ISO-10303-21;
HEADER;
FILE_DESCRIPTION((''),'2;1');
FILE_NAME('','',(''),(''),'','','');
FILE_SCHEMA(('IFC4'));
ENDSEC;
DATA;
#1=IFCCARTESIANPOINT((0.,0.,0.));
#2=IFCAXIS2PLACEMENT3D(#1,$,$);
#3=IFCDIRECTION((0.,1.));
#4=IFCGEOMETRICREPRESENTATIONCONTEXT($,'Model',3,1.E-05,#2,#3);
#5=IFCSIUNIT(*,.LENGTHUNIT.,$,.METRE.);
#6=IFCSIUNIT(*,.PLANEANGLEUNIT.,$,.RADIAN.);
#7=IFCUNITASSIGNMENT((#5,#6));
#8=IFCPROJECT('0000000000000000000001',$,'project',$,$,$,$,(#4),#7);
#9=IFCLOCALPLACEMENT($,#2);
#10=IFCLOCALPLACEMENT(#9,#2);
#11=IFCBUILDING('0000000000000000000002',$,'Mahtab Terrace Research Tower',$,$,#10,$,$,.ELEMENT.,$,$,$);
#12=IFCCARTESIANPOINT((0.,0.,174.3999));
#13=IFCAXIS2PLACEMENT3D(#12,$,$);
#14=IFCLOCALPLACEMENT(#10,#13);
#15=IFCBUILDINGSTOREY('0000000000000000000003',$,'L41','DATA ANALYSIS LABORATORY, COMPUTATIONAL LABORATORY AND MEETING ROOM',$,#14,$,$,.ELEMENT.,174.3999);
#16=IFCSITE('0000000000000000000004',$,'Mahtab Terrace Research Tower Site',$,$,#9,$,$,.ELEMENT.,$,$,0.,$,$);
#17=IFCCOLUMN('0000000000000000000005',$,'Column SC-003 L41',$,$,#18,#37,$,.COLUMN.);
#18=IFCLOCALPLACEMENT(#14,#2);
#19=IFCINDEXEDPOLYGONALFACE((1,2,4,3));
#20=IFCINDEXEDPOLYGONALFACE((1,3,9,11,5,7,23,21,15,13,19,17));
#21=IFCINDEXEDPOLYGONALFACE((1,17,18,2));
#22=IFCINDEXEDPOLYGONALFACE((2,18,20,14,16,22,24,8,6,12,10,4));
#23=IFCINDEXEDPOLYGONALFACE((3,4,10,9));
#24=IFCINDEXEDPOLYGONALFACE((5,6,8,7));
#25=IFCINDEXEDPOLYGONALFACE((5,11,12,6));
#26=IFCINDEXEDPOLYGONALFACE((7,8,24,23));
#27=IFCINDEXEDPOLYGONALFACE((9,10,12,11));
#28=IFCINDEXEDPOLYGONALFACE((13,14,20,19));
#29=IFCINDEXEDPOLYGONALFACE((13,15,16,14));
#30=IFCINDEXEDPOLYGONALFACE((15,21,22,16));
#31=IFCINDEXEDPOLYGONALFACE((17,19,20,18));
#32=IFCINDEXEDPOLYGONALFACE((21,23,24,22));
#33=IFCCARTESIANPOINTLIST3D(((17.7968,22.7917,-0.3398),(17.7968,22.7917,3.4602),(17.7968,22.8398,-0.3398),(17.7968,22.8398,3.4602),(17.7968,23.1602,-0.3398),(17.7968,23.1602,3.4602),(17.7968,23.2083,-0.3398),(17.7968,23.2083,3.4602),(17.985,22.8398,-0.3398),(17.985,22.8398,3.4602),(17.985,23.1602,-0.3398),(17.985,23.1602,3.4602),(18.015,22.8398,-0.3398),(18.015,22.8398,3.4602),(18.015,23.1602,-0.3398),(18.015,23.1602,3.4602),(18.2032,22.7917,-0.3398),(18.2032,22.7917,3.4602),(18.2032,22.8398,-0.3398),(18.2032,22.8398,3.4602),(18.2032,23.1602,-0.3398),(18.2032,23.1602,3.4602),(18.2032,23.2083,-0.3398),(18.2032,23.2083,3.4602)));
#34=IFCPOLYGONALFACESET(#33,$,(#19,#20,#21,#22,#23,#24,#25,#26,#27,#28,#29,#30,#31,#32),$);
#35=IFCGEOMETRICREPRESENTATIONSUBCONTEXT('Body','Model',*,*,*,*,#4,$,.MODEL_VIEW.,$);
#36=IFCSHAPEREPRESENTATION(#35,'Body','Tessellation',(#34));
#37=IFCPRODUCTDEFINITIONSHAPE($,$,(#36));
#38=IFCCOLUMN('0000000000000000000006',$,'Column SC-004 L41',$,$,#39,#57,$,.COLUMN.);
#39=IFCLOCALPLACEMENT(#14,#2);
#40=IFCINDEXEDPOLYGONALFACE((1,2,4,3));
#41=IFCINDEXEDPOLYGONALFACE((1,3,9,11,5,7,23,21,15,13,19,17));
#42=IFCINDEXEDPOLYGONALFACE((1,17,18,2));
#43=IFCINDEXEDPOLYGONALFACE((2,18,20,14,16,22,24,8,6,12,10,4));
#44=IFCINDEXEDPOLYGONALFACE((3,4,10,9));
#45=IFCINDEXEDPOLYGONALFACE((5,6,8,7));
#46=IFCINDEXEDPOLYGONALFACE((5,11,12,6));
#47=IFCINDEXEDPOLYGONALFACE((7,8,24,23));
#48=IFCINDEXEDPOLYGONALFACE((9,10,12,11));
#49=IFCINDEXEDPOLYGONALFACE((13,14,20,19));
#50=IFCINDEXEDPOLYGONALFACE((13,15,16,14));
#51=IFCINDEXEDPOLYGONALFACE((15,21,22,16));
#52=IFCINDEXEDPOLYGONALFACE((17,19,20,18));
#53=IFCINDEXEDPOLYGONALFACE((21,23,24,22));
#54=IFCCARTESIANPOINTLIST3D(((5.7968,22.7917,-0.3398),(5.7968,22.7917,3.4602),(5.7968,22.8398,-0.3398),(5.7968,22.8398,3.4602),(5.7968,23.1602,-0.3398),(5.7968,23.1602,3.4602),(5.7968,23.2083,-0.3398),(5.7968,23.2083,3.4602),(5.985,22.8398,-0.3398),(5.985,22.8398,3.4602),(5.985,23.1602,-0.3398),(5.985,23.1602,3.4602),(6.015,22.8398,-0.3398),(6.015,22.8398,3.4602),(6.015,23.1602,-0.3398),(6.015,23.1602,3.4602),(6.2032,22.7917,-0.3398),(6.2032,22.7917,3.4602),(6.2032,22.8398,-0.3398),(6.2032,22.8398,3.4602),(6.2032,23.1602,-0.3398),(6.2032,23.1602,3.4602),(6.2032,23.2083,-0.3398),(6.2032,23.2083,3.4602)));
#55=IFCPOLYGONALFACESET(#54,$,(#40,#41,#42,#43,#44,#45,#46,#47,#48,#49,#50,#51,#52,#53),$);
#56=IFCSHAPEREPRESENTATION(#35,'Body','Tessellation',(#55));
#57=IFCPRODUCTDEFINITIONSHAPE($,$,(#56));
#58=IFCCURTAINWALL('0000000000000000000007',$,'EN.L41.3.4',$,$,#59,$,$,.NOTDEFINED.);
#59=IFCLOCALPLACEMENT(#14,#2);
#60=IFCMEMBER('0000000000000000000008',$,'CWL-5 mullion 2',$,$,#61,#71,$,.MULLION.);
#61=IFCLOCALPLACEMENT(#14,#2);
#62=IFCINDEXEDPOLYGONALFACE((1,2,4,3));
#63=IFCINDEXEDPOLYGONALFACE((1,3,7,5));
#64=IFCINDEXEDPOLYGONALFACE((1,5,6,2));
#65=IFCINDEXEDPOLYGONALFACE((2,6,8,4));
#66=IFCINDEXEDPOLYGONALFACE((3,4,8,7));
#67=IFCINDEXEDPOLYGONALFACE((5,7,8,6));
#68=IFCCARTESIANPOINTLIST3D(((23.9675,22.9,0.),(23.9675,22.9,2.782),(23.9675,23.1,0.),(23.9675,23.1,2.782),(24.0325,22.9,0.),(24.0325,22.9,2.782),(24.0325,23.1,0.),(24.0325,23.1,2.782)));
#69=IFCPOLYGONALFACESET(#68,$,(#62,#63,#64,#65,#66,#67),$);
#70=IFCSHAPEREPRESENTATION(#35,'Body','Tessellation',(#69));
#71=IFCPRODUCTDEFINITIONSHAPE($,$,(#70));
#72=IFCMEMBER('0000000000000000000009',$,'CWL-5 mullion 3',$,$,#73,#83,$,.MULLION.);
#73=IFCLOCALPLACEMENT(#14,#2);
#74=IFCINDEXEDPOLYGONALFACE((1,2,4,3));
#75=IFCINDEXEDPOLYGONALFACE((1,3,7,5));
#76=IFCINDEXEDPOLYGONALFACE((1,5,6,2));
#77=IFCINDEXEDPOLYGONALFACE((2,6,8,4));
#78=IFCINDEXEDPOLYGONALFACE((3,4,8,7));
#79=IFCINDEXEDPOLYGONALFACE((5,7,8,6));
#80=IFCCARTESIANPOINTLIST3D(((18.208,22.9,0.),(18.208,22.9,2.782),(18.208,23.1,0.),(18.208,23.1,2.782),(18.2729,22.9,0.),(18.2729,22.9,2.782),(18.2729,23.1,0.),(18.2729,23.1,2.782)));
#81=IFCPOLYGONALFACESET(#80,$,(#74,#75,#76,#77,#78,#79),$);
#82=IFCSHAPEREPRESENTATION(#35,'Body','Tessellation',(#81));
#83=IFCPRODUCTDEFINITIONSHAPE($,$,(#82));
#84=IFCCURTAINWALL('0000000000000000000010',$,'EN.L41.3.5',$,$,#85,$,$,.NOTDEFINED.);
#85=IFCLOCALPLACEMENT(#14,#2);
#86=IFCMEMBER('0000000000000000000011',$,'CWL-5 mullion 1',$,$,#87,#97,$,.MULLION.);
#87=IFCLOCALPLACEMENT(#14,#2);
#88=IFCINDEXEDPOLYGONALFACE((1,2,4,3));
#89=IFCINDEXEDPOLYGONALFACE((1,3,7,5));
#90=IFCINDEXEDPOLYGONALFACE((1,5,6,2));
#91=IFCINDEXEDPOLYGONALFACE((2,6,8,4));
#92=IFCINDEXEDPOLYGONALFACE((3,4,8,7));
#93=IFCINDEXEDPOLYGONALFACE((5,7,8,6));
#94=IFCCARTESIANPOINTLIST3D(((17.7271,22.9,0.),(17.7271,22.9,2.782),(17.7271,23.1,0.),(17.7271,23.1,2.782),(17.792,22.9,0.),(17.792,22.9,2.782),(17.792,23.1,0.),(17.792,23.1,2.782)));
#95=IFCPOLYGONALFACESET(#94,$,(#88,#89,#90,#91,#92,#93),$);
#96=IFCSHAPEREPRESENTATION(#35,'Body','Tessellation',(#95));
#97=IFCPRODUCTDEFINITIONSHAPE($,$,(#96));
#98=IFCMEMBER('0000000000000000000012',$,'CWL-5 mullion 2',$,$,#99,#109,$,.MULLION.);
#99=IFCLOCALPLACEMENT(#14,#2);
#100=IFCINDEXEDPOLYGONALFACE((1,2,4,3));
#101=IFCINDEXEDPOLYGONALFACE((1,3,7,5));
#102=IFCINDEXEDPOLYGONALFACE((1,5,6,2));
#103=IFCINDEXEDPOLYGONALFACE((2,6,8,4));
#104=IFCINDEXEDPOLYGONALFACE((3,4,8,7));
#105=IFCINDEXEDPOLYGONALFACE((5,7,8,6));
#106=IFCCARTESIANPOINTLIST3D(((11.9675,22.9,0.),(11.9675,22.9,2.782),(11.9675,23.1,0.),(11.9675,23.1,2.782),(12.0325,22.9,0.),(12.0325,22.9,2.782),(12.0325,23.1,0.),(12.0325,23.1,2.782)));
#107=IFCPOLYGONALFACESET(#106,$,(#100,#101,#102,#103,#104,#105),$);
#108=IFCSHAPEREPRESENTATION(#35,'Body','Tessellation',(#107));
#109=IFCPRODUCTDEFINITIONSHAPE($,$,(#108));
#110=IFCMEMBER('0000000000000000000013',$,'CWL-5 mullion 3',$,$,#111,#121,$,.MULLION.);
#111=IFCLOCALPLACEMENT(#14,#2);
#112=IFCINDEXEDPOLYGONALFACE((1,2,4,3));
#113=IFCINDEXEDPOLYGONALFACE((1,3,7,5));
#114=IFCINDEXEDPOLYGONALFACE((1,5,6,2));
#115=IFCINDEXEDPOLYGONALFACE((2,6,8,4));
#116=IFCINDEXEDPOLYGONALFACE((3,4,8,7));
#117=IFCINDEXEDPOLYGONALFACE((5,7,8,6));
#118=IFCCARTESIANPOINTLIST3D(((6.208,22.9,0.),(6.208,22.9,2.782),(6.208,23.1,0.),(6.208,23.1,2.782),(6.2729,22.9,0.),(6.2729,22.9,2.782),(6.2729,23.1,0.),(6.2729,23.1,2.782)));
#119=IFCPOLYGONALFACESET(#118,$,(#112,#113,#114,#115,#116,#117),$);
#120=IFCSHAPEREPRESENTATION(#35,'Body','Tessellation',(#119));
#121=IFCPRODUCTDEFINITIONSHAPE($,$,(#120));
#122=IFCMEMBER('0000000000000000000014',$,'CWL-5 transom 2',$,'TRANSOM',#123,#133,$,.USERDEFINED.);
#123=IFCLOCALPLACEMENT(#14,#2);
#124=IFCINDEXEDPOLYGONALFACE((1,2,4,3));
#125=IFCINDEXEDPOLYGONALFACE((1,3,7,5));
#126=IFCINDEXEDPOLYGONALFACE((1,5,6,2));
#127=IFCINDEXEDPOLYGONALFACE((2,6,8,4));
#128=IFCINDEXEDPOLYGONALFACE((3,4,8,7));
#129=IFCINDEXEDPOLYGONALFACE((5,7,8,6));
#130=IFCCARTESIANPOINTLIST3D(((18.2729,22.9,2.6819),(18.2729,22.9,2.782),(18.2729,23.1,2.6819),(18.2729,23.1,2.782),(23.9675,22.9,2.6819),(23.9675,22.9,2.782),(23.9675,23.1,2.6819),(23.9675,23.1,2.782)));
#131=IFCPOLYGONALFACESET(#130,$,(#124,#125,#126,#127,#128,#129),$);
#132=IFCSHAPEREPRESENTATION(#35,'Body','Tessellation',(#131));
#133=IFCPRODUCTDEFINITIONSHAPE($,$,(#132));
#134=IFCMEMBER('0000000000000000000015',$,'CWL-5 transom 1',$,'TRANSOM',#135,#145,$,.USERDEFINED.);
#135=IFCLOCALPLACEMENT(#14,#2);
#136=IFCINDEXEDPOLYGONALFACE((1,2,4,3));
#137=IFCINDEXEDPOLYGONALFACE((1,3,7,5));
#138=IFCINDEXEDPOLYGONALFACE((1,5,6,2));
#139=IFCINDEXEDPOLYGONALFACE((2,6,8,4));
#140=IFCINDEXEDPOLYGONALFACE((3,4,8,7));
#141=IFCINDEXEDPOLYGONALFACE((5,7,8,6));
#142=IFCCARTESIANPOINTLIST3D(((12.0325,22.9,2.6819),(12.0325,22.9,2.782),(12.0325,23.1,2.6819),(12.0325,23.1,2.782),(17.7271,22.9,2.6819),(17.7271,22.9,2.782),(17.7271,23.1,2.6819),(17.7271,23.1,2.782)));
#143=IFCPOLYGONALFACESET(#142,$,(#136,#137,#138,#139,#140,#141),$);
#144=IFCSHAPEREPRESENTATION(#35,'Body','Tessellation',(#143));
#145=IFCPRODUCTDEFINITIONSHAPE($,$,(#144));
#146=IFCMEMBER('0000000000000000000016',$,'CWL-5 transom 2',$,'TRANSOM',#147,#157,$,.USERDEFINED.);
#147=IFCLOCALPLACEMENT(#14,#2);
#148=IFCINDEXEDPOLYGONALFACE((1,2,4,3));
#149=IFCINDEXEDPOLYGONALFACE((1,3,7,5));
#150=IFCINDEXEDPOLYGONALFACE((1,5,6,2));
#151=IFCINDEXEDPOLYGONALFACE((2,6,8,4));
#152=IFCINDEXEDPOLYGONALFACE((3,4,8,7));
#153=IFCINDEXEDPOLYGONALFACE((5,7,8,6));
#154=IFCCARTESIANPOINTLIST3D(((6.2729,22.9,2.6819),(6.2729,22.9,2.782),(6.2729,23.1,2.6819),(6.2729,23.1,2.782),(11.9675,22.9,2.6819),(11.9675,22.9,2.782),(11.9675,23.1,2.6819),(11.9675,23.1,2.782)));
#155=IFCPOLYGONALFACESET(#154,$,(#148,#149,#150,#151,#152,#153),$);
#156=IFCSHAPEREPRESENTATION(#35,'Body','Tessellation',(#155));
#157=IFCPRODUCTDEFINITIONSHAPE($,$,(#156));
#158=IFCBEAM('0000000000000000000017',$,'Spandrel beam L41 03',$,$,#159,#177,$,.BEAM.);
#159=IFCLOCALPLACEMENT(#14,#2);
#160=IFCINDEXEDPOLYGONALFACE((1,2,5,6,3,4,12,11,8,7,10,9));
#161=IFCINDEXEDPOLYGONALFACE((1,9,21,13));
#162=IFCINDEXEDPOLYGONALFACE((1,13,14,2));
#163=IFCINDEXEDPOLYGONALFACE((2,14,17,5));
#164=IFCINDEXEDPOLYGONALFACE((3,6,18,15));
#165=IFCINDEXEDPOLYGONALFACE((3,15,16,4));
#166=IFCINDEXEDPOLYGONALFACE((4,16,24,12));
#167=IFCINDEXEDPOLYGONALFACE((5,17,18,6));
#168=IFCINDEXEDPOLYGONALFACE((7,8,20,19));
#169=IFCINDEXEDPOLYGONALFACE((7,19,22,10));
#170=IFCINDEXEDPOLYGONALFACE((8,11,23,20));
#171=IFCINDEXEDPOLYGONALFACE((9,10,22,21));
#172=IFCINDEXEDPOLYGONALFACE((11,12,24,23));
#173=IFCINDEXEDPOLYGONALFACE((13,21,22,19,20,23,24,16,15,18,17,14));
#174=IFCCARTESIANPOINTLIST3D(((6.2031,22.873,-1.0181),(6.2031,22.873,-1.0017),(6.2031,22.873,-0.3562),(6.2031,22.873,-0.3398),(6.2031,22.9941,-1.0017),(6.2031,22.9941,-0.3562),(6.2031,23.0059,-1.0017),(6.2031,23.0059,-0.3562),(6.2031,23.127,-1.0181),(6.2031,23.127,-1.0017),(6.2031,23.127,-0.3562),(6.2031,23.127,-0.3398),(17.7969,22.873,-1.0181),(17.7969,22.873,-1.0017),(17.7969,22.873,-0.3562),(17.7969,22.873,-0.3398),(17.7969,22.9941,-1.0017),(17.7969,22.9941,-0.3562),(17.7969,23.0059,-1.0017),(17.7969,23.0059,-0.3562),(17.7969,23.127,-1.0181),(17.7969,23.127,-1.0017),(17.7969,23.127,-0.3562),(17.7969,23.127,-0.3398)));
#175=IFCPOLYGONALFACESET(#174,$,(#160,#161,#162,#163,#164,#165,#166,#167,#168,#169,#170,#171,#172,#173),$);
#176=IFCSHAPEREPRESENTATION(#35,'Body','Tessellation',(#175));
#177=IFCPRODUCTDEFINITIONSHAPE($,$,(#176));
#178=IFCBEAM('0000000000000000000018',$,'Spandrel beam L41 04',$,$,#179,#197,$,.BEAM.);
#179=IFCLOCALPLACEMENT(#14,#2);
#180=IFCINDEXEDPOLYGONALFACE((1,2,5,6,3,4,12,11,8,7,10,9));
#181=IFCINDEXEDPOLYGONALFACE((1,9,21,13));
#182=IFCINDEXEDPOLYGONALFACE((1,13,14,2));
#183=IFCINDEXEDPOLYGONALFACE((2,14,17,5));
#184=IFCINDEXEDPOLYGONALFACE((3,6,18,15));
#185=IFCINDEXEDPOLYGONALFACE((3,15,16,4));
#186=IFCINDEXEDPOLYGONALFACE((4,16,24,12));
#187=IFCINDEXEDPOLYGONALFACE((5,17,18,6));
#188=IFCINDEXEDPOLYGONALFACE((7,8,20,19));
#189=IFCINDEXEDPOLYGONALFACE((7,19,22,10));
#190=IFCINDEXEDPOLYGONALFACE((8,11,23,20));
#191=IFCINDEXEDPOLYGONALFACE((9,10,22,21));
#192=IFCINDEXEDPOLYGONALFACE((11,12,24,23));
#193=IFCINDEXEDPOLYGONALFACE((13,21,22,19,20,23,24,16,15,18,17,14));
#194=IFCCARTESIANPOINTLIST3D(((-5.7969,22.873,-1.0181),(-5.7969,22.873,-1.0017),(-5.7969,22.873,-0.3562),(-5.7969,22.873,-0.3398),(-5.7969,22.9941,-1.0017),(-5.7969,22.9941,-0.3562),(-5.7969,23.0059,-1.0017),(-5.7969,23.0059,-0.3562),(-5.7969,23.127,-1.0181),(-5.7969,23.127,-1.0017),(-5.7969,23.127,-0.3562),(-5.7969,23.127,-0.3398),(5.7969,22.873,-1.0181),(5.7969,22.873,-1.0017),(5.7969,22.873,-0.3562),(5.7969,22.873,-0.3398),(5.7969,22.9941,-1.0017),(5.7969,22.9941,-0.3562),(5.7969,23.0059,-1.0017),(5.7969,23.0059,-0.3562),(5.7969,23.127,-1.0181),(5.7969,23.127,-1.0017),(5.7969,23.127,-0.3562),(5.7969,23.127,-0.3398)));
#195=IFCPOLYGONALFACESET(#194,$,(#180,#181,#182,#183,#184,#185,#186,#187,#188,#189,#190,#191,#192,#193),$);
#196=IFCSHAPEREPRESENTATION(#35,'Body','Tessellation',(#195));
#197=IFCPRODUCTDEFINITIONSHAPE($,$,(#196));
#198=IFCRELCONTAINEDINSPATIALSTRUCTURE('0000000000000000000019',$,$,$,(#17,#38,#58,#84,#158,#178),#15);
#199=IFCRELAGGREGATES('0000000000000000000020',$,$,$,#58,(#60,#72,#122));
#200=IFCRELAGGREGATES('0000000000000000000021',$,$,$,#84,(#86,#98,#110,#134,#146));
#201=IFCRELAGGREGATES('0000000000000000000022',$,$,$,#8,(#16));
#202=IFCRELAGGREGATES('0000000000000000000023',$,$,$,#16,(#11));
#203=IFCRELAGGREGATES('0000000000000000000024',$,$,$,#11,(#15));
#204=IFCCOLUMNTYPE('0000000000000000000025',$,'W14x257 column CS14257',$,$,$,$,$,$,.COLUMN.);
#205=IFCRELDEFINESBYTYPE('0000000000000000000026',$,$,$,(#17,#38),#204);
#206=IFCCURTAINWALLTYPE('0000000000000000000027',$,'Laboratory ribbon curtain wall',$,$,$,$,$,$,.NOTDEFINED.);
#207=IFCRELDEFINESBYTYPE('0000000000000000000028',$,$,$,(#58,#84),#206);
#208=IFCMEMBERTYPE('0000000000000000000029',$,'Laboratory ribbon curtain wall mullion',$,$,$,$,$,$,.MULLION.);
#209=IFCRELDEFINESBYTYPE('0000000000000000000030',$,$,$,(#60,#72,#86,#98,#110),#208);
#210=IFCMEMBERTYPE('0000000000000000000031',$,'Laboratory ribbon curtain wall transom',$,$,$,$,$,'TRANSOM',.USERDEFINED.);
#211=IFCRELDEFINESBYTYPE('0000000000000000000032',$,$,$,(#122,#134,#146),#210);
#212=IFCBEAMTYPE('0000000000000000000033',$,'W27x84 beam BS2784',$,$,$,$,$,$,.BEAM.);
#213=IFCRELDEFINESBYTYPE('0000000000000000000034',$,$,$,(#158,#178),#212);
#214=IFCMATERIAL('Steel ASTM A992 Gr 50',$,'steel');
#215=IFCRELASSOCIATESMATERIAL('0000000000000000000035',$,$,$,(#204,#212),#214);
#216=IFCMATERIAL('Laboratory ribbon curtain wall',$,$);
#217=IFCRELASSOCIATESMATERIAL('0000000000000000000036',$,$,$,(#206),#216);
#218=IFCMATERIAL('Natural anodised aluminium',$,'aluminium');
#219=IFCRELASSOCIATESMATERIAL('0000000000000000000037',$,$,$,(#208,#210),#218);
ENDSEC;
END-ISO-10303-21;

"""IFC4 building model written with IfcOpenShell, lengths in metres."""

from ifc_helpers import new_model, si_unit, direction, frame, origin, origin_2d, place, context, subcontext, project, spatial, rectangle, i_section, extrude, material, material_profile, profile_set, type_object, element, aggregate, save


model = new_model("IFC4")

# Units and contexts
model_context = context("Model", 3, precision=1e-05, world=origin(), true_north=direction((0.0, 1.0)))
body_context = subcontext(model_context, "Body", "Model", "MODEL_VIEW")
ifc_project = project(units=[si_unit("LENGTHUNIT", "METRE"), si_unit("PLANEANGLEUNIT", "RADIAN")], contexts=[model_context])

# Site, building, storey
site_placement = place(None, origin())
site = spatial("IfcSite", under=ifc_project, at=site_placement, Name="Mahtab Terrace Research Tower Site", CompositionType="ELEMENT", RefElevation=0.0)
building_placement = place(site_placement, origin())
building = spatial("IfcBuilding", under=site, at=building_placement, Name="Mahtab Terrace Research Tower", CompositionType="ELEMENT")
storey_placement = place(building_placement, frame((0.0, 0.0, 174.3999)))
storey = spatial("IfcBuildingStorey", under=building, at=storey_placement, Name="L41", Description="DATA ANALYSIS LABORATORY, COMPUTATIONAL LABORATORY AND MEETING ROOM", CompositionType="ELEMENT", Elevation=174.3999)

# Columns
ifc_material_1 = material(Name="Steel ASTM A992 Gr 50", Category="steel")
ifc_material_profile_1 = material_profile(ifc_material_1, i_section(OverallWidth=0.4065, OverallDepth=0.4165, WebThickness=0.03, FlangeThickness=0.0481, at=origin_2d()), Name="W14X257")
ifc_profile_set_1 = profile_set([ifc_material_profile_1], Name="Steel ASTM A992 Gr 50")
column_type = type_object("IfcColumnType", Name="W14x257 column CS14257", PredefinedType="COLUMN", material=ifc_profile_set_1)
for number, where, z_axis, x_axis, name in (
    (1, (18.0, 23.0, -0.3398), (0.0, 0.0, 1.0), (1.0, 0.0, 0.0), "Column SC-003 L41"),
    (2, (6.0, 23.0, -0.3398), (0.0, 0.0, 1.0), (1.0, 0.0, 0.0), "Column SC-004 L41"),
):
    element("IfcColumn", number, at=place(storey_placement, frame(where, z_axis=z_axis, x_axis=x_axis)), inside=storey, type_object=column_type, Name=name, PredefinedType="COLUMN", context=body_context, shape_type="SweptSolid", body=[
        extrude(i_section(OverallWidth=0.4065, OverallDepth=0.4165, WebThickness=0.03, FlangeThickness=0.0481, at=origin_2d()), origin(), (0.0, 0.0, 1.0), 3.8),
    ])

# Curtain walls, members
ifc_material_2 = material(Name="Laboratory ribbon curtain wall")
curtain_wall_type = type_object("IfcCurtainWallType", Name="Laboratory ribbon curtain wall", PredefinedType="NOTDEFINED", material=ifc_material_2)
curtain_wall_1_placement = place(storey_placement, origin())
curtain_wall_1 = element("IfcCurtainWall", 3, at=curtain_wall_1_placement, inside=storey, type_object=curtain_wall_type, Name="EN.L41.3.4", PredefinedType="NOTDEFINED")
ifc_material_3 = material(Name="Natural anodised aluminium", Category="aluminium")
ifc_material_profile_2 = material_profile(ifc_material_3, rectangle(XDim=0.2, YDim=0.0649, at=origin_2d()), Name="MULLION 65x200")
ifc_profile_set_2 = profile_set([ifc_material_profile_2], Name="Natural anodised aluminium")
member_type_1 = type_object("IfcMemberType", Name="Laboratory ribbon curtain wall mullion", PredefinedType="MULLION", material=ifc_profile_set_2)
member_1_placement = place(storey_placement, frame((24.0, 23.0, 0.0), z_axis=(0.0, 0.0, 1.0), x_axis=(0.0, -1.0, 0.0)))
member_1 = element("IfcMember", 4, at=member_1_placement, type_object=member_type_1, Name="CWL-5 mullion 2", PredefinedType="MULLION", context=body_context, shape_type="SweptSolid", body=[
    extrude(rectangle(XDim=0.2, YDim=0.0649, at=origin_2d()), origin(), (0.0, 0.0, 1.0), 2.782),
])
member_2_placement = place(storey_placement, frame((18.2405, 23.0, 0.0), z_axis=(0.0, 0.0, 1.0), x_axis=(0.0, -1.0, 0.0)))
member_2 = element("IfcMember", 5, at=member_2_placement, type_object=member_type_1, Name="CWL-5 mullion 3", PredefinedType="MULLION", context=body_context, shape_type="SweptSolid", body=[
    extrude(rectangle(XDim=0.2, YDim=0.0649, at=origin_2d()), origin(), (0.0, 0.0, 1.0), 2.782),
])
curtain_wall_2_placement = place(storey_placement, origin())
curtain_wall_2 = element("IfcCurtainWall", 6, at=curtain_wall_2_placement, inside=storey, type_object=curtain_wall_type, Name="EN.L41.3.5", PredefinedType="NOTDEFINED")
member_3_placement = place(storey_placement, frame((17.7595, 23.0, 0.0), z_axis=(0.0, 0.0, 1.0), x_axis=(0.0, -1.0, 0.0)))
member_3 = element("IfcMember", 7, at=member_3_placement, type_object=member_type_1, Name="CWL-5 mullion 1", PredefinedType="MULLION", context=body_context, shape_type="SweptSolid", body=[
    extrude(rectangle(XDim=0.2, YDim=0.0649, at=origin_2d()), origin(), (0.0, 0.0, 1.0), 2.782),
])
member_4_placement = place(storey_placement, frame((12.0, 23.0, 0.0), z_axis=(0.0, 0.0, 1.0), x_axis=(0.0, -1.0, 0.0)))
member_4 = element("IfcMember", 8, at=member_4_placement, type_object=member_type_1, Name="CWL-5 mullion 2", PredefinedType="MULLION", context=body_context, shape_type="SweptSolid", body=[
    extrude(rectangle(XDim=0.2, YDim=0.0649, at=origin_2d()), origin(), (0.0, 0.0, 1.0), 2.782),
])
member_5_placement = place(storey_placement, frame((6.2405, 23.0, 0.0), z_axis=(0.0, 0.0, 1.0), x_axis=(0.0, -1.0, 0.0)))
member_5 = element("IfcMember", 9, at=member_5_placement, type_object=member_type_1, Name="CWL-5 mullion 3", PredefinedType="MULLION", context=body_context, shape_type="SweptSolid", body=[
    extrude(rectangle(XDim=0.2, YDim=0.0649, at=origin_2d()), origin(), (0.0, 0.0, 1.0), 2.782),
])

# Members
ifc_material_profile_3 = material_profile(ifc_material_3, rectangle(XDim=0.2, YDim=0.1001, at=origin_2d()), Name="TRANSOM 100x200")
ifc_profile_set_3 = profile_set([ifc_material_profile_3], Name="Natural anodised aluminium")
member_type_2 = type_object("IfcMemberType", Name="Laboratory ribbon curtain wall transom", ElementType="TRANSOM", PredefinedType="USERDEFINED", material=ifc_profile_set_3)
member_6_placement = place(storey_placement, frame((23.9675, 23.0, 2.7319), z_axis=(-1.0, 0.0, 0.0), x_axis=(0.0, -1.0, 0.0)))
member_6 = element("IfcMember", 10, at=member_6_placement, type_object=member_type_2, Name="CWL-5 transom 2", ObjectType="TRANSOM", PredefinedType="USERDEFINED", context=body_context, shape_type="SweptSolid", body=[
    extrude(rectangle(XDim=0.2, YDim=0.1001, at=origin_2d()), origin(), (0.0, 0.0, 1.0), 5.6946),
])
member_7_placement = place(storey_placement, frame((17.7271, 23.0, 2.7319), z_axis=(-1.0, 0.0, 0.0), x_axis=(0.0, -1.0, 0.0)))
member_7 = element("IfcMember", 11, at=member_7_placement, type_object=member_type_2, Name="CWL-5 transom 1", ObjectType="TRANSOM", PredefinedType="USERDEFINED", context=body_context, shape_type="SweptSolid", body=[
    extrude(rectangle(XDim=0.2, YDim=0.1001, at=origin_2d()), origin(), (0.0, 0.0, 1.0), 5.6946),
])
member_8_placement = place(storey_placement, frame((11.9675, 23.0, 2.7319), z_axis=(-1.0, 0.0, 0.0), x_axis=(0.0, -1.0, 0.0)))
member_8 = element("IfcMember", 12, at=member_8_placement, type_object=member_type_2, Name="CWL-5 transom 2", ObjectType="TRANSOM", PredefinedType="USERDEFINED", context=body_context, shape_type="SweptSolid", body=[
    extrude(rectangle(XDim=0.2, YDim=0.1001, at=origin_2d()), origin(), (0.0, 0.0, 1.0), 5.6946),
])

# Beams
ifc_material_profile_4 = material_profile(ifc_material_1, i_section(OverallWidth=0.2539, OverallDepth=0.6782, WebThickness=0.0117, FlangeThickness=0.0164, at=origin_2d()), Name="W27X84")
ifc_profile_set_4 = profile_set([ifc_material_profile_4], Name="Steel ASTM A992 Gr 50")
beam_type = type_object("IfcBeamType", Name="W27x84 beam BS2784", PredefinedType="BEAM", material=ifc_profile_set_4)
for number, where, z_axis, x_axis, name in (
    (13, (17.7969, 23.0, -0.679), (-1.0, 0.0, 0.0), (0.0, -1.0, 0.0), "Spandrel beam L41 03"),
    (14, (5.7969, 23.0, -0.679), (-1.0, 0.0, 0.0), (0.0, -1.0, 0.0), "Spandrel beam L41 04"),
):
    element("IfcBeam", number, at=place(storey_placement, frame(where, z_axis=z_axis, x_axis=x_axis)), inside=storey, type_object=beam_type, Name=name, PredefinedType="BEAM", context=body_context, shape_type="SweptSolid", body=[
        extrude(i_section(OverallWidth=0.2539, OverallDepth=0.6782, WebThickness=0.0117, FlangeThickness=0.0164, at=origin_2d()), origin(), (0.0, 0.0, 1.0), 11.5938),
    ])

aggregate(curtain_wall_1, [member_1, member_2, member_6])
aggregate(curtain_wall_2, [member_3, member_4, member_5, member_7, member_8])

save(model, "model.ifc")
